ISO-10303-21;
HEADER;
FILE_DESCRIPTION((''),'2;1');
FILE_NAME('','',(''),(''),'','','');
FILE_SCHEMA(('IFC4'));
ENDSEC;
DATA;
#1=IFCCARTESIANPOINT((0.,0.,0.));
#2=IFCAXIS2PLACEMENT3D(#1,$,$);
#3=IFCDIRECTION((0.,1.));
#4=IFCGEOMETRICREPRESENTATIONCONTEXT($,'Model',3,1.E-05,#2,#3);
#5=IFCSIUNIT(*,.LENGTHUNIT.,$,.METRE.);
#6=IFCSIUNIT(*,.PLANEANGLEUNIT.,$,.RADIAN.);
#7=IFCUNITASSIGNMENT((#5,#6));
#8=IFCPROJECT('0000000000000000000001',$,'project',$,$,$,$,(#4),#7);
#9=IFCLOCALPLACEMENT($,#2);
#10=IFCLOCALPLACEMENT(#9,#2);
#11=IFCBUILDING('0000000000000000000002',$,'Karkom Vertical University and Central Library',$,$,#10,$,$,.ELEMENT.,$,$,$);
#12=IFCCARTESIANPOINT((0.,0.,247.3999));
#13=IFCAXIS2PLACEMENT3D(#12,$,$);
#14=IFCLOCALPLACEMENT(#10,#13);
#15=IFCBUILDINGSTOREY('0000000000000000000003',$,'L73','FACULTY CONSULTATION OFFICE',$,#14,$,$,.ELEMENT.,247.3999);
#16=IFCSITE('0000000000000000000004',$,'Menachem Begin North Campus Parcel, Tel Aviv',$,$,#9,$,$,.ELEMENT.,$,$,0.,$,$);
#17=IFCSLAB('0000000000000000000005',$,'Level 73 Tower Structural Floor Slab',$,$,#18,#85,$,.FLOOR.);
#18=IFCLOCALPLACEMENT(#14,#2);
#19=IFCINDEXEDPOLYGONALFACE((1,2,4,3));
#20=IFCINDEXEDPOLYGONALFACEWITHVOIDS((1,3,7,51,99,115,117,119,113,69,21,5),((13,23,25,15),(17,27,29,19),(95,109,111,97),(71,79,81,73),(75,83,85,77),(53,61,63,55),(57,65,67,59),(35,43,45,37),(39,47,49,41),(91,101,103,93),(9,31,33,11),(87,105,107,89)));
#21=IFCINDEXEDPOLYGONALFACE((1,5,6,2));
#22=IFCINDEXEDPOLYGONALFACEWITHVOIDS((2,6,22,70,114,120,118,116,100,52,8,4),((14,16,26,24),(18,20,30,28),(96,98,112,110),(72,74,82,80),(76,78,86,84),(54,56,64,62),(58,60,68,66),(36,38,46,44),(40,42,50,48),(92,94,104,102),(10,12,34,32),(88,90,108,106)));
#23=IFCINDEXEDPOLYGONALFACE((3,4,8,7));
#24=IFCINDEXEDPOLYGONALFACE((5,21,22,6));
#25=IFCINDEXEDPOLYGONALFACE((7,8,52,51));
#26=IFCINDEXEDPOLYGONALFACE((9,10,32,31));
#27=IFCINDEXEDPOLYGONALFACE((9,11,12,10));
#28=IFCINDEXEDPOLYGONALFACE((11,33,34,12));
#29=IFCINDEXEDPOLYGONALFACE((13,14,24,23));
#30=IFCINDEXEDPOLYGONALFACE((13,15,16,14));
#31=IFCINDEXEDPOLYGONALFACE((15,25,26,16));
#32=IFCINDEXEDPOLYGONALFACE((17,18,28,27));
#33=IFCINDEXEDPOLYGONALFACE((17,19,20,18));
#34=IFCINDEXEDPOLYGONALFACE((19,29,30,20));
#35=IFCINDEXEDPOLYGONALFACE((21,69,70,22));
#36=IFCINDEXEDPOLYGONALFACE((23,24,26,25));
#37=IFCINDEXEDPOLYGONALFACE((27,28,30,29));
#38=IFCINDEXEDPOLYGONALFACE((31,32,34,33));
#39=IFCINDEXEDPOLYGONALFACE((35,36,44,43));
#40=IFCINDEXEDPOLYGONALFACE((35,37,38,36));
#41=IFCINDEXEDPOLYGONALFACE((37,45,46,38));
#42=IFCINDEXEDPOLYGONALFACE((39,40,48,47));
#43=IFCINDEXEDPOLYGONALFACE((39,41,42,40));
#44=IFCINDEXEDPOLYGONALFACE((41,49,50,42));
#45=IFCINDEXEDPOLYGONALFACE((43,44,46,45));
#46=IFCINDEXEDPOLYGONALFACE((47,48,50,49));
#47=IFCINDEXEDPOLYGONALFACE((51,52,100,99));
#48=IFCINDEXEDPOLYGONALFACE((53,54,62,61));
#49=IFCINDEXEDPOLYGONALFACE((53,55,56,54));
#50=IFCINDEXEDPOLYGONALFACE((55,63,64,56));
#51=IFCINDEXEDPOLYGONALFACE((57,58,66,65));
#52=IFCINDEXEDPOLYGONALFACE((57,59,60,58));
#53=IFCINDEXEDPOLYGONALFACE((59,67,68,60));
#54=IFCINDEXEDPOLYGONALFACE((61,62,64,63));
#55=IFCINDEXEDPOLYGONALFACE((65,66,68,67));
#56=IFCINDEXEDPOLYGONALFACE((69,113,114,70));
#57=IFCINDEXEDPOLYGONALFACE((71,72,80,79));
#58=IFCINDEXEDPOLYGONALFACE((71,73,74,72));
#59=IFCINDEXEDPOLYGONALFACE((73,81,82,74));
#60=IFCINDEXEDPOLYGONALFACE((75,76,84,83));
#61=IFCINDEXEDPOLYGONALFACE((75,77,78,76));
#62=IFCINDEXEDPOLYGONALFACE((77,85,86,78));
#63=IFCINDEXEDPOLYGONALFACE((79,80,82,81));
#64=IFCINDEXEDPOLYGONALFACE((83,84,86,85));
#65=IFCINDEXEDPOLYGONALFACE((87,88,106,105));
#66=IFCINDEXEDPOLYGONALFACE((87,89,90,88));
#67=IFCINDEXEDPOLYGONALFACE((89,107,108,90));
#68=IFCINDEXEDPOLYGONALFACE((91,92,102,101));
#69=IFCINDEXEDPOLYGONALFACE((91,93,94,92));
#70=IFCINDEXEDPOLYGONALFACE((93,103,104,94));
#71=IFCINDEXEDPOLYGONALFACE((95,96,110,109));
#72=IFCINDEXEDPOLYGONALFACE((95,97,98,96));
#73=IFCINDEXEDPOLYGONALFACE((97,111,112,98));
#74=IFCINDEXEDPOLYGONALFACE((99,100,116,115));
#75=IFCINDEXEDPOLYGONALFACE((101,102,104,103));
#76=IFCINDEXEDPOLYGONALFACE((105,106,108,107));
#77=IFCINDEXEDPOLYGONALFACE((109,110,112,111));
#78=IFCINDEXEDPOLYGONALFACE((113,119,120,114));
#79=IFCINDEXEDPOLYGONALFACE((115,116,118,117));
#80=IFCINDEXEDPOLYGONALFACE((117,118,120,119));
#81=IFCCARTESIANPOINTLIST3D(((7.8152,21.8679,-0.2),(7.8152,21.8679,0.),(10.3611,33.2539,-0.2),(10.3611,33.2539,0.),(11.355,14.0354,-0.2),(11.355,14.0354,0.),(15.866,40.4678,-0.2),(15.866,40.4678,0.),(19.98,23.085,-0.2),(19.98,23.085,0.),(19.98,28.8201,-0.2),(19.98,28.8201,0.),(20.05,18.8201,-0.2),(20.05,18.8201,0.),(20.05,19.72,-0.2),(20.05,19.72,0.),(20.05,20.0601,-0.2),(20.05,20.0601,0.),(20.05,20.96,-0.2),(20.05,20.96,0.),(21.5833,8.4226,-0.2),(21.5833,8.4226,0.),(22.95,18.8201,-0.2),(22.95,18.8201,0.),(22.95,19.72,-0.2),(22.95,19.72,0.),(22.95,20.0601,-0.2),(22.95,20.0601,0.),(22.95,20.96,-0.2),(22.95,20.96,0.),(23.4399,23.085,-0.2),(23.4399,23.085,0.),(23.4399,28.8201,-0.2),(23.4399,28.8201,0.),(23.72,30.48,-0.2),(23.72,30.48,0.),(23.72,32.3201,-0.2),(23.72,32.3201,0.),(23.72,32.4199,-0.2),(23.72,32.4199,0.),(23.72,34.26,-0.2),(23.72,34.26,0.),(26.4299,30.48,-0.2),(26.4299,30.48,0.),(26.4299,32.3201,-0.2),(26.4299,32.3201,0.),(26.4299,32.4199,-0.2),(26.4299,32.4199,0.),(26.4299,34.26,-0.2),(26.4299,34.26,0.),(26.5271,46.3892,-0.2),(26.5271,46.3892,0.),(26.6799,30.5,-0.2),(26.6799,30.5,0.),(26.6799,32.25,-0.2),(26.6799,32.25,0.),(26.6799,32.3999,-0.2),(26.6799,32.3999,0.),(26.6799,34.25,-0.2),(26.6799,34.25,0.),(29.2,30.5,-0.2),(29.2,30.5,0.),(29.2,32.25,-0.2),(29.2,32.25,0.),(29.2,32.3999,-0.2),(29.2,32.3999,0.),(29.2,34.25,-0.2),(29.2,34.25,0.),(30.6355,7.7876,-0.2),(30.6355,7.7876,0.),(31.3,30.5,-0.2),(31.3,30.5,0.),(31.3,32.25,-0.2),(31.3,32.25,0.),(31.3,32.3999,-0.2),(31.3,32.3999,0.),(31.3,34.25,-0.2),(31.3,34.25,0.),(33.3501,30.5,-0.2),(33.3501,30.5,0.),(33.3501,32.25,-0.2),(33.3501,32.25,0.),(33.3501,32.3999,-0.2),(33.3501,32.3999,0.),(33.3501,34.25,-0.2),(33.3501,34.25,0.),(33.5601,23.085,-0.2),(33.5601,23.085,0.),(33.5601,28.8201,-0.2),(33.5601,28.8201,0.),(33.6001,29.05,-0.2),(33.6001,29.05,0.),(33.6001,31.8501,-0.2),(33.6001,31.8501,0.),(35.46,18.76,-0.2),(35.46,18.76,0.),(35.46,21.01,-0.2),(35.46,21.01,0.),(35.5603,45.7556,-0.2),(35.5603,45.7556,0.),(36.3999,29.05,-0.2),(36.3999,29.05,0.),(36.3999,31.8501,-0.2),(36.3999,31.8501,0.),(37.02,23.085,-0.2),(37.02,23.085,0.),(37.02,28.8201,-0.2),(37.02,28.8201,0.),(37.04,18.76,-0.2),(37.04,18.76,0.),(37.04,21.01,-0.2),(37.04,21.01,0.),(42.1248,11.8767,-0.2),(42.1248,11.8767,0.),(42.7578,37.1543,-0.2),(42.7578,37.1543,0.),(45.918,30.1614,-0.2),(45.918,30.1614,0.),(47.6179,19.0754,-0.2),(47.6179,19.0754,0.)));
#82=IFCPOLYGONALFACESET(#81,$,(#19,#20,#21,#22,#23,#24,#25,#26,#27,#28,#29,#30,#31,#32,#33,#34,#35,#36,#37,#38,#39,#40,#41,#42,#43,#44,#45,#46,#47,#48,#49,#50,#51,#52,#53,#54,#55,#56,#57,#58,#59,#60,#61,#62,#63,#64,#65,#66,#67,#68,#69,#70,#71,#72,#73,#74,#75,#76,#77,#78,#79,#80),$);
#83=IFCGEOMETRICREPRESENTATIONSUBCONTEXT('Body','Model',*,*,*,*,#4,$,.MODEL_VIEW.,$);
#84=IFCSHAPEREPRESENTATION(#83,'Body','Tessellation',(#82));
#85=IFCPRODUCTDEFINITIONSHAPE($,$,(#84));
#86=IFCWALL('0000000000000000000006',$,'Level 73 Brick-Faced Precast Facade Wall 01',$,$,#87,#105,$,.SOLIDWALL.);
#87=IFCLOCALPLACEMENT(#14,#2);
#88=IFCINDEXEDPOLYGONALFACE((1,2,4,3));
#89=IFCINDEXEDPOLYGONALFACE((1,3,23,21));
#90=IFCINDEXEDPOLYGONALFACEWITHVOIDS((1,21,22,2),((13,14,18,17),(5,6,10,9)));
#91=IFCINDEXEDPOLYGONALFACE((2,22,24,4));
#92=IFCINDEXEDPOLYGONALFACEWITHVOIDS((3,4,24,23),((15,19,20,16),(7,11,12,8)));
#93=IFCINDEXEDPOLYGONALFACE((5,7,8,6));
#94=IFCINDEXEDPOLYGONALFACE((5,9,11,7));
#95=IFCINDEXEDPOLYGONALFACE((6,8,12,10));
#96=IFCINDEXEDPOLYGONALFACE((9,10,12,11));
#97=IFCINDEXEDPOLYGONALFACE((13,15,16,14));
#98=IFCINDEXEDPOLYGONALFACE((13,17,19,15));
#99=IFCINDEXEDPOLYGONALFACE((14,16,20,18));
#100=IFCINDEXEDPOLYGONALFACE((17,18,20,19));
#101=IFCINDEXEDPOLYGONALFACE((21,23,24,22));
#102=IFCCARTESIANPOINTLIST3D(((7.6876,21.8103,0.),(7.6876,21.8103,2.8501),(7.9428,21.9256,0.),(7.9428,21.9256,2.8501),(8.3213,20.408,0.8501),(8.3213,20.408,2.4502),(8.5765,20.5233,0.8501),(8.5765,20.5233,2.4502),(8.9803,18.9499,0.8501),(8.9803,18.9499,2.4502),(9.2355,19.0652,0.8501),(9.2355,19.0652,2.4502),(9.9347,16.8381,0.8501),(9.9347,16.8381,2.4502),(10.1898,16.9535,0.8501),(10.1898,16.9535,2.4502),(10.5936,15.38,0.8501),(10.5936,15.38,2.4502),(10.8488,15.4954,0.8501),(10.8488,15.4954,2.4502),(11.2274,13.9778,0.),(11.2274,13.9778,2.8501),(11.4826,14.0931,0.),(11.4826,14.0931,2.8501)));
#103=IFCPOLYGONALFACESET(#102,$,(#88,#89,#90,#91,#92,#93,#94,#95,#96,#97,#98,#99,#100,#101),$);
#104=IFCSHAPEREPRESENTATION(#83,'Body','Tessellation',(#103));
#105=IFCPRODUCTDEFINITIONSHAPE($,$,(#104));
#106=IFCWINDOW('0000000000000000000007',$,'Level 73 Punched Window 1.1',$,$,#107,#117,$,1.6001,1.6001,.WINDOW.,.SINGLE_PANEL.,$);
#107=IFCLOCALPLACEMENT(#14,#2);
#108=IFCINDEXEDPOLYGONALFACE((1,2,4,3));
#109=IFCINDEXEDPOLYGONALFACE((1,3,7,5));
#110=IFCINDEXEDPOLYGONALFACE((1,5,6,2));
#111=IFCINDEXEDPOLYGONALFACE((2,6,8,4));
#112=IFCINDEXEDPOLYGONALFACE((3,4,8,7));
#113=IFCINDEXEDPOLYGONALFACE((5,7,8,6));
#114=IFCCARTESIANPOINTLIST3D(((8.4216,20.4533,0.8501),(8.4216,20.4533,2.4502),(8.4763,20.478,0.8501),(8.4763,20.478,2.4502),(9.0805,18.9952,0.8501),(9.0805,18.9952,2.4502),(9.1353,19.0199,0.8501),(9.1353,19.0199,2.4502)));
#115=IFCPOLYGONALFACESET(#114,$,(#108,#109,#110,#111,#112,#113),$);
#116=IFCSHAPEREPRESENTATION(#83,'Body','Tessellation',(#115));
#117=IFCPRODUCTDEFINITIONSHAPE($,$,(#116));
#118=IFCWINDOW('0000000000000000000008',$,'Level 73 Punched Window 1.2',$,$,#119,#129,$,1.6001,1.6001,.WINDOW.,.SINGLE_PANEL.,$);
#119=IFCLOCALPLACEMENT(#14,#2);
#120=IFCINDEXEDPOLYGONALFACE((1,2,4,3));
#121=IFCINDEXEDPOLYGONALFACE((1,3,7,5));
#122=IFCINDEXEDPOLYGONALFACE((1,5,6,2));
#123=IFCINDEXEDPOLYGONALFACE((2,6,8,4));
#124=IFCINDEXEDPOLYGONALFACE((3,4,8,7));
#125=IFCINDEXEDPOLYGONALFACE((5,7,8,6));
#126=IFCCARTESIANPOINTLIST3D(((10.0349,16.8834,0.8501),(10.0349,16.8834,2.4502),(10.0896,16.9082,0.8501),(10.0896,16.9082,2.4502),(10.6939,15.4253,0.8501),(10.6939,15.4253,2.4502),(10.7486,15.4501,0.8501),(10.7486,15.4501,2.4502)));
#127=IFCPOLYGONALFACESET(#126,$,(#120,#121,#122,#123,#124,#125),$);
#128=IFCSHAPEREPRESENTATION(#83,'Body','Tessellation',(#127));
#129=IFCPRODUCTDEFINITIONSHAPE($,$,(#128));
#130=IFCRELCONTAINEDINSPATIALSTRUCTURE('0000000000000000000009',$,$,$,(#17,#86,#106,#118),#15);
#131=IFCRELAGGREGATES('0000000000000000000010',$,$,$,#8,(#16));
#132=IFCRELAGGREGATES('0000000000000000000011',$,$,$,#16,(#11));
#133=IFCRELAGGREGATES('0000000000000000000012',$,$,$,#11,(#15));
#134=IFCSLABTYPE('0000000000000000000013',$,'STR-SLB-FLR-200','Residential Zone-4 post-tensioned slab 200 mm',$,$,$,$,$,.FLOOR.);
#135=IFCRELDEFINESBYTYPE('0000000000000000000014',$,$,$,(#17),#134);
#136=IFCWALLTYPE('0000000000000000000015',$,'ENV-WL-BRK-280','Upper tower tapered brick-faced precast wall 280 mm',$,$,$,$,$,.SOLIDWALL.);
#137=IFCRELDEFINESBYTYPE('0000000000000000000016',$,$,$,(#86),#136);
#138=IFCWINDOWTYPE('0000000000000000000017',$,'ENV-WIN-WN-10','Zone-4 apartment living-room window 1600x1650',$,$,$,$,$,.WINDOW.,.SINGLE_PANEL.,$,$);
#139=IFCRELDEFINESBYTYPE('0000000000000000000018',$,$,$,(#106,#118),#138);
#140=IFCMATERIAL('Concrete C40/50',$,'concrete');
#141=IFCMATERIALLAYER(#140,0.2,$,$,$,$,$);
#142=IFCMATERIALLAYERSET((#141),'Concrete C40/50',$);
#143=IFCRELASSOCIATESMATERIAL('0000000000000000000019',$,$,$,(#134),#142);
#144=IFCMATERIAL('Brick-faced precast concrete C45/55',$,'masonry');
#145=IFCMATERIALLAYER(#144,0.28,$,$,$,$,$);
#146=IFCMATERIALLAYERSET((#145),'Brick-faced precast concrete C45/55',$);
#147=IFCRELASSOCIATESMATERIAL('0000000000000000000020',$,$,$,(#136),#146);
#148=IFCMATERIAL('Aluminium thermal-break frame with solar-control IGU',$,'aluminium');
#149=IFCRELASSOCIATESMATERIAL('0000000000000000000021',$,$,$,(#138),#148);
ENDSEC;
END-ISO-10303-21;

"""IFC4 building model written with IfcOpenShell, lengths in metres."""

from ifc_helpers import new_model, si_unit, direction, frame, frame_2d, origin, origin_with_axes, place, context, subcontext, project, spatial, polyline, rectangle, outline, extrude, source, transform, mapped, material, layer, layer_set, type_object, element, fill, save


model = new_model("IFC4")

# Units and contexts
model_context = context("Model", 3, precision=1e-05, world=origin(), true_north=direction((0.0, 1.0)))
body_context = subcontext(model_context, "Body", "Model", "MODEL_VIEW")
ifc_project = project(units=[si_unit("LENGTHUNIT", "METRE"), si_unit("PLANEANGLEUNIT", "RADIAN")], contexts=[model_context])

# Site, building, storey
site_placement = place(None, origin())
site = spatial("IfcSite", under=ifc_project, at=site_placement, Name="Menachem Begin North Campus Parcel, Tel Aviv", CompositionType="ELEMENT", RefElevation=0.0)
building_placement = place(site_placement, origin())
building = spatial("IfcBuilding", under=site, at=building_placement, Name="Karkom Vertical University and Central Library", CompositionType="ELEMENT")
storey_placement = place(building_placement, frame((0.0, 0.0, 247.3999)))
storey = spatial("IfcBuildingStorey", under=building, at=storey_placement, Name="L73", Description="FACULTY CONSULTATION OFFICE", CompositionType="ELEMENT", Elevation=247.3999)

# Slab
ifc_material_1 = material(Name="Concrete C40/50", Category="concrete")
ifc_layer_1 = layer(ifc_material_1, 0.2)
ifc_layer_set_1 = layer_set([ifc_layer_1], Name="Concrete C40/50")
slab_type_1 = type_object("IfcSlabType", Name="STR-SLB-FLR-200", Description="Residential Zone-4 post-tensioned slab 200 mm", PredefinedType="FLOOR", material=ifc_layer_set_1)
slab_1_placement = place(storey_placement, frame((0.0, 0.0, -0.2)))
element("IfcSlab", 1, at=slab_1_placement, inside=storey, type_object=slab_type_1, Name="Level 73 Tower Structural Floor Slab", PredefinedType="FLOOR", context=body_context, shape_type="SweptSolid", body=[
    extrude(outline(polyline([(7.8152, 21.8679), (11.355, 14.0354), (21.5833, 8.4226), (30.6355, 7.7876), (42.1248, 11.8767), (47.6179, 19.0754), (45.918, 30.1614), (42.7578, 37.1543), (35.5603, 45.7556), (26.5271, 46.3892), (15.866, 40.4678), (10.3611, 33.2539), (7.8152, 21.8679)]), holes=[polyline([(19.98, 23.085), (23.4399, 23.085), (23.4399, 28.8201), (19.98, 28.8201), (19.98, 23.085)]), polyline([(33.5601, 23.085), (37.02, 23.085), (37.02, 28.8201), (33.5601, 28.8201), (33.5601, 23.085)]), polyline([(26.6799, 30.5), (29.2, 30.5), (29.2, 32.25), (26.6799, 32.25), (26.6799, 30.5)]), polyline([(26.6799, 32.3999), (29.2, 32.3999), (29.2, 34.25), (26.6799, 34.25), (26.6799, 32.3999)]), polyline([(31.3, 30.5), (33.3501, 30.5), (33.3501, 32.25), (31.3, 32.25), (31.3, 30.5)]), polyline([(31.3, 32.3999), (33.3501, 32.3999), (33.3501, 34.25), (31.3, 34.25), (31.3, 32.3999)]), polyline([(23.72, 30.48), (26.4299, 30.48), (26.4299, 32.3201), (23.72, 32.3201), (23.72, 30.48)]), polyline([(23.72, 32.4199), (26.4299, 32.4199), (26.4299, 34.26), (23.72, 34.26), (23.72, 32.4199)]), polyline([(33.6001, 29.05), (36.3999, 29.05), (36.3999, 31.8501), (33.6001, 31.8501), (33.6001, 29.05)]), polyline([(20.05, 18.8201), (22.95, 18.8201), (22.95, 19.72), (20.05, 19.72), (20.05, 18.8201)]), polyline([(20.05, 20.0601), (22.95, 20.0601), (22.95, 20.96), (20.05, 20.96), (20.05, 20.0601)]), polyline([(35.46, 18.76), (37.04, 18.76), (37.04, 21.01), (35.46, 21.01), (35.46, 18.76)])]), origin(), (0.0, 0.0, 1.0), 0.2),
])

# Wall, openings, windows
ifc_material_2 = material(Name="Brick-faced precast concrete C45/55", Category="masonry")
ifc_layer_2 = layer(ifc_material_2, 0.28)
ifc_layer_set_2 = layer_set([ifc_layer_2], Name="Brick-faced precast concrete C45/55")
wall_type_1 = type_object("IfcWallType", Name="ENV-WL-BRK-280", Description="Upper tower tapered brick-faced precast wall 280 mm", PredefinedType="SOLIDWALL", material=ifc_layer_set_2)
wall_1_placement = place(storey_placement, frame((7.8152, 21.8679, 0.0), z_axis=(0.0, 0.0, 1.0), x_axis=(0.411831, -0.91126, 0.0)))
wall_1 = element("IfcWall", 2, at=wall_1_placement, inside=storey, type_object=wall_type_1, Name="Level 73 Brick-Faced Precast Facade Wall 01", PredefinedType="SOLIDWALL", context=body_context, shape_type="SweptSolid", body=[
    extrude(rectangle(XDim=8.5952, YDim=0.28, at=frame_2d((4.2976, 0.0))), origin(), (0.0, 0.0, 1.0), 2.8501),
])
opening_1_placement = place(wall_1_placement, frame((1.5388, 0.0, 0.8501)))
opening_1 = element("IfcOpeningElement", 3, at=opening_1_placement, cuts=wall_1, PredefinedType="OPENING", context=body_context, shape_type="SweptSolid", body=[
    extrude(rectangle(XDim=1.6001, YDim=1.6001, at=frame_2d((0.8, 0.8))), frame((0.0, 0.1499, 0.0), z_axis=(0.0, -1.0, 0.0), x_axis=(1.0, 0.0, 0.0)), (0.0, 0.0, 1.0), 0.3),
])
opening_2_placement = place(wall_1_placement, frame((5.4563, 0.0, 0.8501)))
opening_2 = element("IfcOpeningElement", 4, at=opening_2_placement, cuts=wall_1, PredefinedType="OPENING", context=body_context, shape_type="SweptSolid", body=[
    extrude(rectangle(XDim=1.6001, YDim=1.6001, at=frame_2d((0.8, 0.8))), frame((0.0, 0.1499, 0.0), z_axis=(0.0, -1.0, 0.0), x_axis=(1.0, 0.0, 0.0)), (0.0, 0.0, 1.0), 0.3),
])
ifc_material_3 = material(Name="Aluminium thermal-break frame with solar-control IGU", Category="aluminium")
window_type = type_object("IfcWindowType", Name="ENV-WIN-WN-10", Description="Zone-4 apartment living-room window 1600x1650", PartitioningType="SINGLE_PANEL", PredefinedType="WINDOW", material=ifc_material_3)
shared_shape_1 = source(origin_with_axes(), body_context, "Body", "SweptSolid", [
    extrude(rectangle(XDim=1.6001, YDim=1.6001, at=frame_2d((0.8, 0.8))), frame((0.0, 0.03, 0.0), z_axis=(0.0, -1.0, 0.0), x_axis=(1.0, 0.0, 0.0)), (0.0, 0.0, 1.0), 0.0601),
])
window_1_placement = place(opening_1_placement, origin())
window_1 = element("IfcWindow", 5, at=window_1_placement, inside=storey, type_object=window_type, Name="Level 73 Punched Window 1.1", OverallHeight=1.6001, OverallWidth=1.6001, PartitioningType="SINGLE_PANEL", PredefinedType="WINDOW", context=body_context, shape_type="MappedRepresentation", body=[
    mapped(shared_shape_1, transform((0.0, 0.0, 0.0), scale=1.0)),
])
fill(opening_1, window_1)
window_2_placement = place(opening_2_placement, origin())
window_2 = element("IfcWindow", 6, at=window_2_placement, inside=storey, type_object=window_type, Name="Level 73 Punched Window 1.2", OverallHeight=1.6001, OverallWidth=1.6001, PartitioningType="SINGLE_PANEL", PredefinedType="WINDOW", context=body_context, shape_type="MappedRepresentation", body=[
    mapped(shared_shape_1, transform((0.0, 0.0, 0.0), scale=1.0)),
])
fill(opening_2, window_2)

save(model, "model.ifc")
